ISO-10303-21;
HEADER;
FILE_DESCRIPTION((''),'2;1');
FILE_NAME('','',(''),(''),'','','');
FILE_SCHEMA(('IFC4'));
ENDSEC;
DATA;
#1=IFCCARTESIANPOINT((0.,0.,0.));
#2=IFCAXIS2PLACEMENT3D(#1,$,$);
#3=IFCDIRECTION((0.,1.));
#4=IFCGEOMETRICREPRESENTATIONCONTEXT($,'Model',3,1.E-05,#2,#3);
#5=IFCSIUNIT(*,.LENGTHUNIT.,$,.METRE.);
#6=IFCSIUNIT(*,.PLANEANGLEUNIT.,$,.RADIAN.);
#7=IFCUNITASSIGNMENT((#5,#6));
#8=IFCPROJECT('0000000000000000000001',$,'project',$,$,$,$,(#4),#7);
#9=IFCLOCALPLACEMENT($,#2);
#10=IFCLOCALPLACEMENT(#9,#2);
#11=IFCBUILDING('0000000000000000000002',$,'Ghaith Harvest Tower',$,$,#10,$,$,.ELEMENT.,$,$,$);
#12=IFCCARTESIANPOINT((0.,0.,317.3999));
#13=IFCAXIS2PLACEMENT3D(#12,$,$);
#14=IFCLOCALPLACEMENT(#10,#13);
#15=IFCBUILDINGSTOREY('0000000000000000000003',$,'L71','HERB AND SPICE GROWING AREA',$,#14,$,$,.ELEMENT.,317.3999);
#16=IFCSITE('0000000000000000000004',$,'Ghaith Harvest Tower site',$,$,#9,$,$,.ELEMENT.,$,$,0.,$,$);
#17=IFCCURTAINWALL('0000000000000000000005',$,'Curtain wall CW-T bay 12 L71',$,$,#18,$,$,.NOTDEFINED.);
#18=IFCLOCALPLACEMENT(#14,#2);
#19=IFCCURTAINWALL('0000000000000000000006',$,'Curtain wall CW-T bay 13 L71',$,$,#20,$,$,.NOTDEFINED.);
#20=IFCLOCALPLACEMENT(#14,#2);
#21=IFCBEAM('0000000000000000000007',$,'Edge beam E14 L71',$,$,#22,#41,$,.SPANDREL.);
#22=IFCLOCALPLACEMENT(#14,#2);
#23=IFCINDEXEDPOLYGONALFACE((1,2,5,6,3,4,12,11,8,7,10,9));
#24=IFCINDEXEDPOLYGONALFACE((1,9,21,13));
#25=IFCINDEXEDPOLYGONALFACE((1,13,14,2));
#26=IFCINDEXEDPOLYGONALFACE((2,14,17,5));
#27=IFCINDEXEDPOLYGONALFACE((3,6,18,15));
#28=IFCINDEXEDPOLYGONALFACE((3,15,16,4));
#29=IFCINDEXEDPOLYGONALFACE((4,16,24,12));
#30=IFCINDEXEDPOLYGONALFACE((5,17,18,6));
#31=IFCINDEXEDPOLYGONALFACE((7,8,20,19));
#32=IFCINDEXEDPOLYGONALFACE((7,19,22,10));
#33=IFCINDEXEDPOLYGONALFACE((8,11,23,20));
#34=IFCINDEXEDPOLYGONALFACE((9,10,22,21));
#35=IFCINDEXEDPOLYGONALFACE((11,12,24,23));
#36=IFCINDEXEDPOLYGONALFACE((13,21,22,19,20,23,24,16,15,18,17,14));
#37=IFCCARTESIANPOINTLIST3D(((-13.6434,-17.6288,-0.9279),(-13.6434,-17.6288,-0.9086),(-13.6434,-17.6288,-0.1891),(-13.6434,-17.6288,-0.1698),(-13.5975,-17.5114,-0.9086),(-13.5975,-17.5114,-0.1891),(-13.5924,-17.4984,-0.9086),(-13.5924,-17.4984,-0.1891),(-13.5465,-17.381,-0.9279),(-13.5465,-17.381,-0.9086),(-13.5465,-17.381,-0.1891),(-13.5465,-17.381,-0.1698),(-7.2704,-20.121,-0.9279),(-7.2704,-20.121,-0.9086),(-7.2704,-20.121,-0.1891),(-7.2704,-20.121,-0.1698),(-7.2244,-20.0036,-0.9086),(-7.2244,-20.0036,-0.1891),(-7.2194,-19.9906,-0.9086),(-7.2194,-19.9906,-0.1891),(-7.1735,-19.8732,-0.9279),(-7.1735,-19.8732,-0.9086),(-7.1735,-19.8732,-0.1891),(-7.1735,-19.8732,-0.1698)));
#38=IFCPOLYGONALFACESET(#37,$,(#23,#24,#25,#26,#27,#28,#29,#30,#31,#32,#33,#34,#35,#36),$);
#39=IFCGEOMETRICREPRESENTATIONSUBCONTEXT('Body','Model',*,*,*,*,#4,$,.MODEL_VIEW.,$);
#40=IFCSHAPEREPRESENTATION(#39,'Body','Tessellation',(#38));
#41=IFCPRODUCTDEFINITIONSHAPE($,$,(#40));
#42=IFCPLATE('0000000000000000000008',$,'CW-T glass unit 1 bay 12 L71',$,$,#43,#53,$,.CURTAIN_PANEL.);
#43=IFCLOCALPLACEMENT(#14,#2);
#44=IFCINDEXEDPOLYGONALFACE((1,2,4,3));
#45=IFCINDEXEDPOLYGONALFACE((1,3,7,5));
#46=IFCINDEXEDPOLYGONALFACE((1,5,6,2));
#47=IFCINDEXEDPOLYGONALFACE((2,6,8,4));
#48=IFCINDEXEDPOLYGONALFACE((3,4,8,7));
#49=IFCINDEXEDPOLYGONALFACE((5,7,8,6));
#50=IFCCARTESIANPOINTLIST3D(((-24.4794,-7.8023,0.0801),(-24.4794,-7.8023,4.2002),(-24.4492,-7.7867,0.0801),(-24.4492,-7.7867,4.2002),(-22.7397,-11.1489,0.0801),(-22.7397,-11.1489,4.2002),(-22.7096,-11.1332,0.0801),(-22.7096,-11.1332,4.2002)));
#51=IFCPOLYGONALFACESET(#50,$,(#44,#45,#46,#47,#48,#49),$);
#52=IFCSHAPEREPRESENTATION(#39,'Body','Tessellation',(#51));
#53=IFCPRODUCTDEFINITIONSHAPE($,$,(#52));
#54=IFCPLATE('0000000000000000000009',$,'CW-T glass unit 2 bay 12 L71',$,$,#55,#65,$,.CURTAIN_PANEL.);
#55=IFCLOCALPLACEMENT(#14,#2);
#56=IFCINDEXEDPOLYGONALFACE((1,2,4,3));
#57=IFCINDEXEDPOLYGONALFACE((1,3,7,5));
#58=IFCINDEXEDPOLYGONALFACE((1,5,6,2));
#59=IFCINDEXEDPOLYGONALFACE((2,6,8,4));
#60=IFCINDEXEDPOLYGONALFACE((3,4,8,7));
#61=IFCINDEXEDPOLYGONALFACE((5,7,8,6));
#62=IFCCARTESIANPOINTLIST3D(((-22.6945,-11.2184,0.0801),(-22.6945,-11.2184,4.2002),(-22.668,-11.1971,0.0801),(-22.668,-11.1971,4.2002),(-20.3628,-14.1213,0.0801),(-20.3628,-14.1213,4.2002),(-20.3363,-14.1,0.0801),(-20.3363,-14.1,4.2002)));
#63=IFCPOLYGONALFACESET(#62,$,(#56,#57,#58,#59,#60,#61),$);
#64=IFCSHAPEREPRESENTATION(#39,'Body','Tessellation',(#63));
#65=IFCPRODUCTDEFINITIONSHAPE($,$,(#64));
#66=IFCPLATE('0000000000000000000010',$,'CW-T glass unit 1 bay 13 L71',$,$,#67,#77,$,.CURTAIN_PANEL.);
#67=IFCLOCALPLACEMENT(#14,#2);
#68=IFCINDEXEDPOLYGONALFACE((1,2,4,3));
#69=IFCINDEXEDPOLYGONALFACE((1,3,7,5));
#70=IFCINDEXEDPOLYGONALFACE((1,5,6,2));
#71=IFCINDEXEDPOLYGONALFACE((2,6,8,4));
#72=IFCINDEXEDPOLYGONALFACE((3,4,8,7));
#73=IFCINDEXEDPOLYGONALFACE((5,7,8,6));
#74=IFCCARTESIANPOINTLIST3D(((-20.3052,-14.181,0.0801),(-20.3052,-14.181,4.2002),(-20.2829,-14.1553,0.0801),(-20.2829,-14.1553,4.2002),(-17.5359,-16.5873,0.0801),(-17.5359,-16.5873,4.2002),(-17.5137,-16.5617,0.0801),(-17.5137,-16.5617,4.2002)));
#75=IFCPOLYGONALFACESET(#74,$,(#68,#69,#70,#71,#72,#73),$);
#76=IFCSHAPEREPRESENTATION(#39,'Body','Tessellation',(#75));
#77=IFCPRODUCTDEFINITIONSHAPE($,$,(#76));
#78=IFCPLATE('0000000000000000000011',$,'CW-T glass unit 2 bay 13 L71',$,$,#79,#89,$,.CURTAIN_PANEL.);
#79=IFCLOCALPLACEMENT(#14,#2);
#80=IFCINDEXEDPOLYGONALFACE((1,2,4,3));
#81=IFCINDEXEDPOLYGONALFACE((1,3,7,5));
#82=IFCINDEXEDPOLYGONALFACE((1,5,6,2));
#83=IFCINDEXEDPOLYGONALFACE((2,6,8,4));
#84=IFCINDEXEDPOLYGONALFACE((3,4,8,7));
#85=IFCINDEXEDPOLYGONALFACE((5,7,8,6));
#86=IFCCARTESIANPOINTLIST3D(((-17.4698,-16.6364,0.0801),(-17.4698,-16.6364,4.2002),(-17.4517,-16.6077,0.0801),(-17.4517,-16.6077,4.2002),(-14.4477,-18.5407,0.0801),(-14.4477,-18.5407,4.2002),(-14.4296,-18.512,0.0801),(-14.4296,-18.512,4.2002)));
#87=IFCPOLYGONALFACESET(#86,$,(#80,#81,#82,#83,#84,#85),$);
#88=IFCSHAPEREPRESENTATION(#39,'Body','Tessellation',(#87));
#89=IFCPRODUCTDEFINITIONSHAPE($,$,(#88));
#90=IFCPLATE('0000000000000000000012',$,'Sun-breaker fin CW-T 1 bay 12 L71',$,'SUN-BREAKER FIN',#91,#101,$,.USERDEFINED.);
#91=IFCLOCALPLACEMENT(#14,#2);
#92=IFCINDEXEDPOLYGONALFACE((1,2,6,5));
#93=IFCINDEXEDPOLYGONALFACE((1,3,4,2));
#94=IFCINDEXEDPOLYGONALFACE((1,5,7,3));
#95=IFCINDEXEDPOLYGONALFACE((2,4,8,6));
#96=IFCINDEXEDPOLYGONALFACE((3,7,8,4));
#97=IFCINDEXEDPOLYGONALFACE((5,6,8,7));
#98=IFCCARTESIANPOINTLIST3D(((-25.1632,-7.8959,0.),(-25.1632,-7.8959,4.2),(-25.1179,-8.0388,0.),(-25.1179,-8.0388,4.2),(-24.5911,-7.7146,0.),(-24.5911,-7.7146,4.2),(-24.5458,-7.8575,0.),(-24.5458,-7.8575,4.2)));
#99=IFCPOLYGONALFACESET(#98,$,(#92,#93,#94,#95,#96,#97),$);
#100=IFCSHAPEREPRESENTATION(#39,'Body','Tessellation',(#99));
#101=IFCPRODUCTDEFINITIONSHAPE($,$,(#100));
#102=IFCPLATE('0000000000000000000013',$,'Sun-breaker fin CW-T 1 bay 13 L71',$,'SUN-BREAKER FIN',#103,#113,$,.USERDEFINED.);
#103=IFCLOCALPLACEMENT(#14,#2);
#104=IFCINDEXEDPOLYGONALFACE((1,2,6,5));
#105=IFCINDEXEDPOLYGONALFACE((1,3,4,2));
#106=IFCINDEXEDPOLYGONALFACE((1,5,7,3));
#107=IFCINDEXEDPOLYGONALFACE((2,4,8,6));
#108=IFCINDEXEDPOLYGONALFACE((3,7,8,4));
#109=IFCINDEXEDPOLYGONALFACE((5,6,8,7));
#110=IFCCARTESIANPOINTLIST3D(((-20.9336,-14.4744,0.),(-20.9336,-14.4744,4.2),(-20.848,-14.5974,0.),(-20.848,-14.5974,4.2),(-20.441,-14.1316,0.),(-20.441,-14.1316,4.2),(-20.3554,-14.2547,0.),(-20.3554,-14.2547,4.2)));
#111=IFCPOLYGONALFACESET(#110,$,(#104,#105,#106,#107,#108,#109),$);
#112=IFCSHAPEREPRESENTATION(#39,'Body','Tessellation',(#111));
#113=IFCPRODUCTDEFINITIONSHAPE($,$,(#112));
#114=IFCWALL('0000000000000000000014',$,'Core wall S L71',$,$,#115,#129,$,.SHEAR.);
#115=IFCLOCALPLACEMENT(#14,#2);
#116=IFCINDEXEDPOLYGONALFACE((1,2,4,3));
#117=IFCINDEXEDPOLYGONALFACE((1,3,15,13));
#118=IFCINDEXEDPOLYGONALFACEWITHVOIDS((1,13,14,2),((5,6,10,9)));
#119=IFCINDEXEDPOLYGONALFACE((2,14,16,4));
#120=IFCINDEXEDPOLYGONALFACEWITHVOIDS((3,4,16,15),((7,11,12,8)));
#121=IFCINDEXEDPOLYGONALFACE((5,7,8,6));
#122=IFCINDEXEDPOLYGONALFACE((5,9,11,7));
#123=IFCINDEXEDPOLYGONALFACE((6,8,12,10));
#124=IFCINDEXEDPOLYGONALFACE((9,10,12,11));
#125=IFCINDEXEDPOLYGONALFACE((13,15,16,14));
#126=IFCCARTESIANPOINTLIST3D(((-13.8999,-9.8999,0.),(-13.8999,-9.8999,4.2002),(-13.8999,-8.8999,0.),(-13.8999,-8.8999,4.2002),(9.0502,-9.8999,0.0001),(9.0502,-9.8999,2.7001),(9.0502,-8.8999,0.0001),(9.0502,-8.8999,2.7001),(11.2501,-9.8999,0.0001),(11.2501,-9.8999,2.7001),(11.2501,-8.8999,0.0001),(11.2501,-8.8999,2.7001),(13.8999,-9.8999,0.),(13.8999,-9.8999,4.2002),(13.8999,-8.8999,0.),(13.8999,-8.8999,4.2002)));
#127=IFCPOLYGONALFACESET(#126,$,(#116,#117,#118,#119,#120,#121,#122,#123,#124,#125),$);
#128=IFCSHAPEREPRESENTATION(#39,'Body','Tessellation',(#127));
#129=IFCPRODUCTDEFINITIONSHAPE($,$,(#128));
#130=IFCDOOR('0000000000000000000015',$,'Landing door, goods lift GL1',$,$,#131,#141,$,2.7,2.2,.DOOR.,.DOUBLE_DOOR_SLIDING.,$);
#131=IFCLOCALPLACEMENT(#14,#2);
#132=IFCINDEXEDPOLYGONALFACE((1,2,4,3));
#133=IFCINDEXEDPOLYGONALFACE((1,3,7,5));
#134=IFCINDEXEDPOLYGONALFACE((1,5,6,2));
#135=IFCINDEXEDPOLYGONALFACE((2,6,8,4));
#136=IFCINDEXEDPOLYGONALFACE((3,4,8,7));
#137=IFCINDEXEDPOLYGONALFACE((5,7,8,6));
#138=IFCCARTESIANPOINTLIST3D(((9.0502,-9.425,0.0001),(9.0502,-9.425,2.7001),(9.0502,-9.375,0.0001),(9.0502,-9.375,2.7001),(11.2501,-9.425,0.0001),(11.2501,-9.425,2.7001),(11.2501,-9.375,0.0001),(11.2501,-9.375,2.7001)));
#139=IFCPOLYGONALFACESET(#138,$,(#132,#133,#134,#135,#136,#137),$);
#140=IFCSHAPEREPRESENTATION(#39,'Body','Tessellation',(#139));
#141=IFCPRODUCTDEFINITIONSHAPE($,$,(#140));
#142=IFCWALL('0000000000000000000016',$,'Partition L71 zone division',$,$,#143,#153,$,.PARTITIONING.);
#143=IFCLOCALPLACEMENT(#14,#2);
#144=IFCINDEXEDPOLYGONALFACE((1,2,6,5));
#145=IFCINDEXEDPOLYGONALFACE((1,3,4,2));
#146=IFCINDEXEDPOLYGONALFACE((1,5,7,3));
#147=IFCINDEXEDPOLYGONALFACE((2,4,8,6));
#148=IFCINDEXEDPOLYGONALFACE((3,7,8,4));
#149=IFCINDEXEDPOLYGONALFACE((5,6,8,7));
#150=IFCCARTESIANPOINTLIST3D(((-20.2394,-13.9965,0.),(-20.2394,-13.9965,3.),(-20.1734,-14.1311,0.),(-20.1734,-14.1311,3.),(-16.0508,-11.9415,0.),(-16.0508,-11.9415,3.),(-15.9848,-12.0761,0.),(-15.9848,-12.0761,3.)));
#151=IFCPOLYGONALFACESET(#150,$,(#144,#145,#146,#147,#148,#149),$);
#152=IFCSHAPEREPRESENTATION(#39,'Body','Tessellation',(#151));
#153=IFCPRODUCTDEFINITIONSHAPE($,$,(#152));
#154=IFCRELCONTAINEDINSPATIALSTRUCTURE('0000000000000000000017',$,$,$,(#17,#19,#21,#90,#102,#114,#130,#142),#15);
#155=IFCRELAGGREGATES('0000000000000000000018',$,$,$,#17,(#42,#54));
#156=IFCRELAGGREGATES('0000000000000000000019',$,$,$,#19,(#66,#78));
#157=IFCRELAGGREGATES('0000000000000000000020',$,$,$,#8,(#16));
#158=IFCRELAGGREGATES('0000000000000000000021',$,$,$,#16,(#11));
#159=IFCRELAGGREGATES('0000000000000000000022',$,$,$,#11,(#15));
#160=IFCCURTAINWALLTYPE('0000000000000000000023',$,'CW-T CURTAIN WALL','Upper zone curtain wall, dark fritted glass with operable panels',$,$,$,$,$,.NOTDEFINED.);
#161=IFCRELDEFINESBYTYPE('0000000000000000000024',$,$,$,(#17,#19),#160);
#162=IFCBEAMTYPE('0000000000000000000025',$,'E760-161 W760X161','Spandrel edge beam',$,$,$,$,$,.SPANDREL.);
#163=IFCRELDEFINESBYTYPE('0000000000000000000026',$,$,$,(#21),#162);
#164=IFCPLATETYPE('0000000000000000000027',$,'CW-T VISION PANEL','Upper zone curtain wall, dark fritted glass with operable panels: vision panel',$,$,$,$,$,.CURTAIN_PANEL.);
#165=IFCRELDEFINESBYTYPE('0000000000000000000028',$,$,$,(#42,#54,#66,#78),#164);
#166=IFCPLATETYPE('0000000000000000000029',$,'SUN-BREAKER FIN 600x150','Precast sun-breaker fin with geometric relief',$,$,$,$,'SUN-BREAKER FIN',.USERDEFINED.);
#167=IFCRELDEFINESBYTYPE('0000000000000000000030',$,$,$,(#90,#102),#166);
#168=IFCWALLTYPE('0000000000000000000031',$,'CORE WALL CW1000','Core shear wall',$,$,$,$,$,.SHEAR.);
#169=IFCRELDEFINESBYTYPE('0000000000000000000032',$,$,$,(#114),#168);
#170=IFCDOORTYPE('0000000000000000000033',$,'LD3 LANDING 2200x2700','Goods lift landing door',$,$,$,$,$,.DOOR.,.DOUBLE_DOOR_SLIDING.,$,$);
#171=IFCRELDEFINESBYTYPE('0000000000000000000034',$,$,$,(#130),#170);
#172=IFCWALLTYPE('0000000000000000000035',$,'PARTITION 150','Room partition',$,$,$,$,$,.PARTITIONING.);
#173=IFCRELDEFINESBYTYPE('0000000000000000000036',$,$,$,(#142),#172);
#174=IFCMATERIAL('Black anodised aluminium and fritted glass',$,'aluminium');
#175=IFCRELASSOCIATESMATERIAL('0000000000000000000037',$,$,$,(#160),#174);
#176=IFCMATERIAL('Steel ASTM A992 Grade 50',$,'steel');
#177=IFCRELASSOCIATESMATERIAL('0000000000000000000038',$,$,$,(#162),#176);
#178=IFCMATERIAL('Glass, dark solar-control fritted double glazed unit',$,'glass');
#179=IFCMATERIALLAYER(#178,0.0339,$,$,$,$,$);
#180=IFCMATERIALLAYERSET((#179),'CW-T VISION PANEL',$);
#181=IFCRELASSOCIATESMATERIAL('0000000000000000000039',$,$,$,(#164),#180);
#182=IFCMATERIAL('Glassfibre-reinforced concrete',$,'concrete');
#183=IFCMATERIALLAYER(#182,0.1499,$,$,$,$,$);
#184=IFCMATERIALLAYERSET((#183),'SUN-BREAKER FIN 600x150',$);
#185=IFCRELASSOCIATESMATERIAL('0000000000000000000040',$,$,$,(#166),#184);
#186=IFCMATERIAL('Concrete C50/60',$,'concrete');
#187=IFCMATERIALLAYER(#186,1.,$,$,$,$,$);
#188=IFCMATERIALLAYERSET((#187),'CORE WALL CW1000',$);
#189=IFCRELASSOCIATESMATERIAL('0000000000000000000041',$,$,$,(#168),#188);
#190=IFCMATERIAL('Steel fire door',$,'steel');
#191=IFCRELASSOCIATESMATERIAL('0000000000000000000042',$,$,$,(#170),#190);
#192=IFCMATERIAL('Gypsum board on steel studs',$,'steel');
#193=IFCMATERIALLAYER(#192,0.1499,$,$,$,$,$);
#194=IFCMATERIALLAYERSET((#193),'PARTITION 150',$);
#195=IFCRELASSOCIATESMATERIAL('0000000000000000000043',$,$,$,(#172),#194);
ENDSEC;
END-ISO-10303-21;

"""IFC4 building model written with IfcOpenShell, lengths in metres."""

from ifc_helpers import new_model, si_unit, direction, frame, frame_2d, origin, origin_2d, place, context, subcontext, project, spatial, rectangle, i_section, extrude, material, layer, layer_set, material_profile, profile_set, type_object, element, fill, aggregate, save


model = new_model("IFC4")

# Units and contexts
model_context = context("Model", 3, precision=1e-05, world=origin(), true_north=direction((0.0, 1.0)))
body_context = subcontext(model_context, "Body", "Model", "MODEL_VIEW")
ifc_project = project(units=[si_unit("LENGTHUNIT", "METRE"), si_unit("PLANEANGLEUNIT", "RADIAN")], contexts=[model_context])

# Site, building, storey
site_placement = place(None, origin())
site = spatial("IfcSite", under=ifc_project, at=site_placement, Name="Ghaith Harvest Tower site", CompositionType="ELEMENT", RefElevation=0.0)
building_placement = place(site_placement, origin())
building = spatial("IfcBuilding", under=site, at=building_placement, Name="Ghaith Harvest Tower", CompositionType="ELEMENT")
storey_placement = place(building_placement, frame((0.0, 0.0, 317.3999)))
storey = spatial("IfcBuildingStorey", under=building, at=storey_placement, Name="L71", Description="HERB AND SPICE GROWING AREA", CompositionType="ELEMENT", Elevation=317.3999)

# Curtain walls
ifc_material_1 = material(Name="Black anodised aluminium and fritted glass", Category="aluminium")
curtain_wall_type = type_object("IfcCurtainWallType", Name="CW-T CURTAIN WALL", Description="Upper zone curtain wall, dark fritted glass with operable panels", PredefinedType="NOTDEFINED", material=ifc_material_1)
curtain_wall_1_placement = place(storey_placement, origin())
curtain_wall_1 = element("IfcCurtainWall", 1, at=curtain_wall_1_placement, inside=storey, type_object=curtain_wall_type, Name="Curtain wall CW-T bay 12 L71", PredefinedType="NOTDEFINED")
curtain_wall_2_placement = place(storey_placement, origin())
curtain_wall_2 = element("IfcCurtainWall", 2, at=curtain_wall_2_placement, inside=storey, type_object=curtain_wall_type, Name="Curtain wall CW-T bay 13 L71", PredefinedType="NOTDEFINED")

# Beam
ifc_material_2 = material(Name="Steel ASTM A992 Grade 50", Category="steel")
ifc_material_profile_1 = material_profile(ifc_material_2, i_section(OverallWidth=0.2661, OverallDepth=0.7581, WebThickness=0.0139, FlangeThickness=0.0193, at=origin_2d()), Name="W760X161")
ifc_profile_set_1 = profile_set([ifc_material_profile_1], Name="Steel ASTM A992 Grade 50")
beam_type = type_object("IfcBeamType", Name="E760-161 W760X161", Description="Spandrel edge beam", PredefinedType="SPANDREL", material=ifc_profile_set_1)
beam_1_placement = place(storey_placement, frame((-13.595, -17.5049, -0.5488), z_axis=(0.931323, -0.364195, 0.0), x_axis=(0.364195, 0.931323, 0.0)))
element("IfcBeam", 3, at=beam_1_placement, inside=storey, type_object=beam_type, Name="Edge beam E14 L71", PredefinedType="SPANDREL", context=body_context, shape_type="SweptSolid", body=[
    extrude(i_section(OverallWidth=0.2661, OverallDepth=0.7581, WebThickness=0.0139, FlangeThickness=0.0193, at=origin_2d()), origin(), (0.0, 0.0, 1.0), 6.843),
])

# Plates
ifc_material_3 = material(Name="Glass, dark solar-control fritted double glazed unit", Category="glass")
ifc_layer_1 = layer(ifc_material_3, 0.0339)
ifc_layer_set_1 = layer_set([ifc_layer_1], Name="CW-T VISION PANEL")
plate_type_1 = type_object("IfcPlateType", Name="CW-T VISION PANEL", Description="Upper zone curtain wall, dark fritted glass with operable panels: vision panel", PredefinedType="CURTAIN_PANEL", material=ifc_layer_set_1)
plate_1_placement = place(storey_placement, frame((-23.5945, -9.4678, 0.0801), z_axis=(0.0, 0.0, 1.0), x_axis=(0.46123, -0.887281, 0.0)))
plate_1 = element("IfcPlate", 4, at=plate_1_placement, type_object=plate_type_1, Name="CW-T glass unit 1 bay 12 L71", PredefinedType="CURTAIN_PANEL", context=body_context, shape_type="SweptSolid", body=[
    extrude(rectangle(XDim=3.7717, YDim=0.0339, at=origin_2d()), origin(), (0.0, 0.0, 1.0), 4.1201),
])
plate_2_placement = place(storey_placement, frame((-21.5154, -12.6592, 0.0801), z_axis=(0.0, 0.0, 1.0), x_axis=(0.62623, -0.779639, 0.0)))
plate_2 = element("IfcPlate", 5, at=plate_2_placement, type_object=plate_type_1, Name="CW-T glass unit 2 bay 12 L71", PredefinedType="CURTAIN_PANEL", context=body_context, shape_type="SweptSolid", body=[
    extrude(rectangle(XDim=3.7234, YDim=0.0339, at=origin_2d()), origin(), (0.0, 0.0, 1.0), 4.1201),
])
aggregate(curtain_wall_1, [plate_1, plate_2])
plate_3_placement = place(storey_placement, frame((-18.9094, -15.3713, 0.0801), z_axis=(0.0, 0.0, 1.0), x_axis=(0.754829, -0.655922, 0.0)))
plate_3 = element("IfcPlate", 6, at=plate_3_placement, type_object=plate_type_1, Name="CW-T glass unit 1 bay 13 L71", PredefinedType="CURTAIN_PANEL", context=body_context, shape_type="SweptSolid", body=[
    extrude(rectangle(XDim=3.6687, YDim=0.0339, at=origin_2d()), origin(), (0.0, 0.0, 1.0), 4.1201),
])
plate_4_placement = place(storey_placement, frame((-15.9497, -17.5742, 0.0801), z_axis=(0.0, 0.0, 1.0), x_axis=(0.846043, -0.533114, 0.0)))
plate_4 = element("IfcPlate", 7, at=plate_4_placement, type_object=plate_type_1, Name="CW-T glass unit 2 bay 13 L71", PredefinedType="CURTAIN_PANEL", context=body_context, shape_type="SweptSolid", body=[
    extrude(rectangle(XDim=3.572, YDim=0.0339, at=origin_2d()), origin(), (0.0, 0.0, 1.0), 4.1201),
])
aggregate(curtain_wall_2, [plate_3, plate_4])

# Plates
ifc_material_4 = material(Name="Glassfibre-reinforced concrete", Category="concrete")
ifc_layer_2 = layer(ifc_material_4, 0.1499)
ifc_layer_set_2 = layer_set([ifc_layer_2], Name="SUN-BREAKER FIN 600x150")
plate_type_2 = type_object("IfcPlateType", Name="SUN-BREAKER FIN 600x150", Description="Precast sun-breaker fin with geometric relief", ElementType="SUN-BREAKER FIN", PredefinedType="USERDEFINED", material=ifc_layer_set_2)
for number, where, z_axis, x_axis, name in (
    (8, (-24.8545, -7.8767, 0.0), (0.0, 0.0, 1.0), (-0.953273, -0.30211, 0.0), "Sun-breaker fin CW-T 1 bay 12 L71"),
    (9, (-20.6445, -14.3645, 0.0), (0.0, 0.0, 1.0), (-0.820845, -0.57115, 0.0), "Sun-breaker fin CW-T 1 bay 13 L71"),
):
    element("IfcPlate", number, at=place(storey_placement, frame(where, z_axis=z_axis, x_axis=x_axis)), inside=storey, type_object=plate_type_2, Name=name, ObjectType="SUN-BREAKER FIN", PredefinedType="USERDEFINED", context=body_context, shape_type="SweptSolid", body=[
        extrude(rectangle(XDim=0.6001, YDim=0.1499, at=origin_2d()), origin(), (0.0, 0.0, 1.0), 4.2),
    ])

# Wall, opening, door
ifc_material_5 = material(Name="Concrete C50/60", Category="concrete")
ifc_layer_3 = layer(ifc_material_5, 1.0)
ifc_layer_set_3 = layer_set([ifc_layer_3], Name="CORE WALL CW1000")
wall_type_1 = type_object("IfcWallType", Name="CORE WALL CW1000", Description="Core shear wall", PredefinedType="SHEAR", material=ifc_layer_set_3)
wall_1_placement = place(storey_placement, frame((-13.8999, -9.3999, 0.0), z_axis=(0.0, 0.0, 1.0), x_axis=(1.0, 0.0, 0.0)))
wall_1 = element("IfcWall", 10, at=wall_1_placement, inside=storey, type_object=wall_type_1, Name="Core wall S L71", PredefinedType="SHEAR", context=body_context, shape_type="SweptSolid", body=[
    extrude(rectangle(XDim=27.7998, YDim=1.0, at=frame_2d((13.8999, 0.0))), origin(), (0.0, 0.0, 1.0), 4.2002),
])
opening_placement = place(wall_1_placement, frame((22.95, 0.0, 0.0)))
opening = element("IfcOpeningElement", 11, at=opening_placement, cuts=wall_1, PredefinedType="OPENING", context=body_context, shape_type="SweptSolid", body=[
    extrude(rectangle(XDim=2.2, YDim=2.7, at=frame_2d((1.1001, 1.3501))), frame((0.0, 0.51, 0.0), z_axis=(0.0, -1.0, 0.0), x_axis=(1.0, 0.0, 0.0)), (0.0, 0.0, 1.0), 1.02),
])
ifc_material_6 = material(Name="Steel fire door", Category="steel")
door_type = type_object("IfcDoorType", Name="LD3 LANDING 2200x2700", Description="Goods lift landing door", OperationType="DOUBLE_DOOR_SLIDING", PredefinedType="DOOR", material=ifc_material_6)
door_placement = place(opening_placement, origin())
door = element("IfcDoor", 12, at=door_placement, inside=storey, type_object=door_type, Name="Landing door, goods lift GL1", OperationType="DOUBLE_DOOR_SLIDING", OverallHeight=2.7, OverallWidth=2.2, PredefinedType="DOOR", context=body_context, shape_type="SweptSolid", body=[
    extrude(rectangle(XDim=2.2, YDim=2.7, at=frame_2d((1.1001, 1.3501))), frame((0.0, 0.0249, 0.0), z_axis=(0.0, -1.0, 0.0), x_axis=(1.0, 0.0, 0.0)), (0.0, 0.0, 1.0), 0.05),
])
fill(opening, door)

# Wall
ifc_material_7 = material(Name="Gypsum board on steel studs", Category="steel")
ifc_layer_4 = layer(ifc_material_7, 0.1499)
ifc_layer_set_4 = layer_set([ifc_layer_4], Name="PARTITION 150")
wall_type_2 = type_object("IfcWallType", Name="PARTITION 150", Description="Room partition", PredefinedType="PARTITIONING", material=ifc_layer_set_4)
wall_2_placement = place(storey_placement, frame((-16.0178, -12.0088, 0.0), z_axis=(0.0, 0.0, 1.0), x_axis=(-0.897772, -0.440461, 0.0)))
element("IfcWall", 13, at=wall_2_placement, inside=storey, type_object=wall_type_2, Name="Partition L71 zone division", PredefinedType="PARTITIONING", context=body_context, shape_type="SweptSolid", body=[
    extrude(rectangle(XDim=4.6655, YDim=0.1499, at=frame_2d((2.3328, 0.0))), origin(), (0.0, 0.0, 1.0), 3.0),
])

save(model, "model.ifc")
